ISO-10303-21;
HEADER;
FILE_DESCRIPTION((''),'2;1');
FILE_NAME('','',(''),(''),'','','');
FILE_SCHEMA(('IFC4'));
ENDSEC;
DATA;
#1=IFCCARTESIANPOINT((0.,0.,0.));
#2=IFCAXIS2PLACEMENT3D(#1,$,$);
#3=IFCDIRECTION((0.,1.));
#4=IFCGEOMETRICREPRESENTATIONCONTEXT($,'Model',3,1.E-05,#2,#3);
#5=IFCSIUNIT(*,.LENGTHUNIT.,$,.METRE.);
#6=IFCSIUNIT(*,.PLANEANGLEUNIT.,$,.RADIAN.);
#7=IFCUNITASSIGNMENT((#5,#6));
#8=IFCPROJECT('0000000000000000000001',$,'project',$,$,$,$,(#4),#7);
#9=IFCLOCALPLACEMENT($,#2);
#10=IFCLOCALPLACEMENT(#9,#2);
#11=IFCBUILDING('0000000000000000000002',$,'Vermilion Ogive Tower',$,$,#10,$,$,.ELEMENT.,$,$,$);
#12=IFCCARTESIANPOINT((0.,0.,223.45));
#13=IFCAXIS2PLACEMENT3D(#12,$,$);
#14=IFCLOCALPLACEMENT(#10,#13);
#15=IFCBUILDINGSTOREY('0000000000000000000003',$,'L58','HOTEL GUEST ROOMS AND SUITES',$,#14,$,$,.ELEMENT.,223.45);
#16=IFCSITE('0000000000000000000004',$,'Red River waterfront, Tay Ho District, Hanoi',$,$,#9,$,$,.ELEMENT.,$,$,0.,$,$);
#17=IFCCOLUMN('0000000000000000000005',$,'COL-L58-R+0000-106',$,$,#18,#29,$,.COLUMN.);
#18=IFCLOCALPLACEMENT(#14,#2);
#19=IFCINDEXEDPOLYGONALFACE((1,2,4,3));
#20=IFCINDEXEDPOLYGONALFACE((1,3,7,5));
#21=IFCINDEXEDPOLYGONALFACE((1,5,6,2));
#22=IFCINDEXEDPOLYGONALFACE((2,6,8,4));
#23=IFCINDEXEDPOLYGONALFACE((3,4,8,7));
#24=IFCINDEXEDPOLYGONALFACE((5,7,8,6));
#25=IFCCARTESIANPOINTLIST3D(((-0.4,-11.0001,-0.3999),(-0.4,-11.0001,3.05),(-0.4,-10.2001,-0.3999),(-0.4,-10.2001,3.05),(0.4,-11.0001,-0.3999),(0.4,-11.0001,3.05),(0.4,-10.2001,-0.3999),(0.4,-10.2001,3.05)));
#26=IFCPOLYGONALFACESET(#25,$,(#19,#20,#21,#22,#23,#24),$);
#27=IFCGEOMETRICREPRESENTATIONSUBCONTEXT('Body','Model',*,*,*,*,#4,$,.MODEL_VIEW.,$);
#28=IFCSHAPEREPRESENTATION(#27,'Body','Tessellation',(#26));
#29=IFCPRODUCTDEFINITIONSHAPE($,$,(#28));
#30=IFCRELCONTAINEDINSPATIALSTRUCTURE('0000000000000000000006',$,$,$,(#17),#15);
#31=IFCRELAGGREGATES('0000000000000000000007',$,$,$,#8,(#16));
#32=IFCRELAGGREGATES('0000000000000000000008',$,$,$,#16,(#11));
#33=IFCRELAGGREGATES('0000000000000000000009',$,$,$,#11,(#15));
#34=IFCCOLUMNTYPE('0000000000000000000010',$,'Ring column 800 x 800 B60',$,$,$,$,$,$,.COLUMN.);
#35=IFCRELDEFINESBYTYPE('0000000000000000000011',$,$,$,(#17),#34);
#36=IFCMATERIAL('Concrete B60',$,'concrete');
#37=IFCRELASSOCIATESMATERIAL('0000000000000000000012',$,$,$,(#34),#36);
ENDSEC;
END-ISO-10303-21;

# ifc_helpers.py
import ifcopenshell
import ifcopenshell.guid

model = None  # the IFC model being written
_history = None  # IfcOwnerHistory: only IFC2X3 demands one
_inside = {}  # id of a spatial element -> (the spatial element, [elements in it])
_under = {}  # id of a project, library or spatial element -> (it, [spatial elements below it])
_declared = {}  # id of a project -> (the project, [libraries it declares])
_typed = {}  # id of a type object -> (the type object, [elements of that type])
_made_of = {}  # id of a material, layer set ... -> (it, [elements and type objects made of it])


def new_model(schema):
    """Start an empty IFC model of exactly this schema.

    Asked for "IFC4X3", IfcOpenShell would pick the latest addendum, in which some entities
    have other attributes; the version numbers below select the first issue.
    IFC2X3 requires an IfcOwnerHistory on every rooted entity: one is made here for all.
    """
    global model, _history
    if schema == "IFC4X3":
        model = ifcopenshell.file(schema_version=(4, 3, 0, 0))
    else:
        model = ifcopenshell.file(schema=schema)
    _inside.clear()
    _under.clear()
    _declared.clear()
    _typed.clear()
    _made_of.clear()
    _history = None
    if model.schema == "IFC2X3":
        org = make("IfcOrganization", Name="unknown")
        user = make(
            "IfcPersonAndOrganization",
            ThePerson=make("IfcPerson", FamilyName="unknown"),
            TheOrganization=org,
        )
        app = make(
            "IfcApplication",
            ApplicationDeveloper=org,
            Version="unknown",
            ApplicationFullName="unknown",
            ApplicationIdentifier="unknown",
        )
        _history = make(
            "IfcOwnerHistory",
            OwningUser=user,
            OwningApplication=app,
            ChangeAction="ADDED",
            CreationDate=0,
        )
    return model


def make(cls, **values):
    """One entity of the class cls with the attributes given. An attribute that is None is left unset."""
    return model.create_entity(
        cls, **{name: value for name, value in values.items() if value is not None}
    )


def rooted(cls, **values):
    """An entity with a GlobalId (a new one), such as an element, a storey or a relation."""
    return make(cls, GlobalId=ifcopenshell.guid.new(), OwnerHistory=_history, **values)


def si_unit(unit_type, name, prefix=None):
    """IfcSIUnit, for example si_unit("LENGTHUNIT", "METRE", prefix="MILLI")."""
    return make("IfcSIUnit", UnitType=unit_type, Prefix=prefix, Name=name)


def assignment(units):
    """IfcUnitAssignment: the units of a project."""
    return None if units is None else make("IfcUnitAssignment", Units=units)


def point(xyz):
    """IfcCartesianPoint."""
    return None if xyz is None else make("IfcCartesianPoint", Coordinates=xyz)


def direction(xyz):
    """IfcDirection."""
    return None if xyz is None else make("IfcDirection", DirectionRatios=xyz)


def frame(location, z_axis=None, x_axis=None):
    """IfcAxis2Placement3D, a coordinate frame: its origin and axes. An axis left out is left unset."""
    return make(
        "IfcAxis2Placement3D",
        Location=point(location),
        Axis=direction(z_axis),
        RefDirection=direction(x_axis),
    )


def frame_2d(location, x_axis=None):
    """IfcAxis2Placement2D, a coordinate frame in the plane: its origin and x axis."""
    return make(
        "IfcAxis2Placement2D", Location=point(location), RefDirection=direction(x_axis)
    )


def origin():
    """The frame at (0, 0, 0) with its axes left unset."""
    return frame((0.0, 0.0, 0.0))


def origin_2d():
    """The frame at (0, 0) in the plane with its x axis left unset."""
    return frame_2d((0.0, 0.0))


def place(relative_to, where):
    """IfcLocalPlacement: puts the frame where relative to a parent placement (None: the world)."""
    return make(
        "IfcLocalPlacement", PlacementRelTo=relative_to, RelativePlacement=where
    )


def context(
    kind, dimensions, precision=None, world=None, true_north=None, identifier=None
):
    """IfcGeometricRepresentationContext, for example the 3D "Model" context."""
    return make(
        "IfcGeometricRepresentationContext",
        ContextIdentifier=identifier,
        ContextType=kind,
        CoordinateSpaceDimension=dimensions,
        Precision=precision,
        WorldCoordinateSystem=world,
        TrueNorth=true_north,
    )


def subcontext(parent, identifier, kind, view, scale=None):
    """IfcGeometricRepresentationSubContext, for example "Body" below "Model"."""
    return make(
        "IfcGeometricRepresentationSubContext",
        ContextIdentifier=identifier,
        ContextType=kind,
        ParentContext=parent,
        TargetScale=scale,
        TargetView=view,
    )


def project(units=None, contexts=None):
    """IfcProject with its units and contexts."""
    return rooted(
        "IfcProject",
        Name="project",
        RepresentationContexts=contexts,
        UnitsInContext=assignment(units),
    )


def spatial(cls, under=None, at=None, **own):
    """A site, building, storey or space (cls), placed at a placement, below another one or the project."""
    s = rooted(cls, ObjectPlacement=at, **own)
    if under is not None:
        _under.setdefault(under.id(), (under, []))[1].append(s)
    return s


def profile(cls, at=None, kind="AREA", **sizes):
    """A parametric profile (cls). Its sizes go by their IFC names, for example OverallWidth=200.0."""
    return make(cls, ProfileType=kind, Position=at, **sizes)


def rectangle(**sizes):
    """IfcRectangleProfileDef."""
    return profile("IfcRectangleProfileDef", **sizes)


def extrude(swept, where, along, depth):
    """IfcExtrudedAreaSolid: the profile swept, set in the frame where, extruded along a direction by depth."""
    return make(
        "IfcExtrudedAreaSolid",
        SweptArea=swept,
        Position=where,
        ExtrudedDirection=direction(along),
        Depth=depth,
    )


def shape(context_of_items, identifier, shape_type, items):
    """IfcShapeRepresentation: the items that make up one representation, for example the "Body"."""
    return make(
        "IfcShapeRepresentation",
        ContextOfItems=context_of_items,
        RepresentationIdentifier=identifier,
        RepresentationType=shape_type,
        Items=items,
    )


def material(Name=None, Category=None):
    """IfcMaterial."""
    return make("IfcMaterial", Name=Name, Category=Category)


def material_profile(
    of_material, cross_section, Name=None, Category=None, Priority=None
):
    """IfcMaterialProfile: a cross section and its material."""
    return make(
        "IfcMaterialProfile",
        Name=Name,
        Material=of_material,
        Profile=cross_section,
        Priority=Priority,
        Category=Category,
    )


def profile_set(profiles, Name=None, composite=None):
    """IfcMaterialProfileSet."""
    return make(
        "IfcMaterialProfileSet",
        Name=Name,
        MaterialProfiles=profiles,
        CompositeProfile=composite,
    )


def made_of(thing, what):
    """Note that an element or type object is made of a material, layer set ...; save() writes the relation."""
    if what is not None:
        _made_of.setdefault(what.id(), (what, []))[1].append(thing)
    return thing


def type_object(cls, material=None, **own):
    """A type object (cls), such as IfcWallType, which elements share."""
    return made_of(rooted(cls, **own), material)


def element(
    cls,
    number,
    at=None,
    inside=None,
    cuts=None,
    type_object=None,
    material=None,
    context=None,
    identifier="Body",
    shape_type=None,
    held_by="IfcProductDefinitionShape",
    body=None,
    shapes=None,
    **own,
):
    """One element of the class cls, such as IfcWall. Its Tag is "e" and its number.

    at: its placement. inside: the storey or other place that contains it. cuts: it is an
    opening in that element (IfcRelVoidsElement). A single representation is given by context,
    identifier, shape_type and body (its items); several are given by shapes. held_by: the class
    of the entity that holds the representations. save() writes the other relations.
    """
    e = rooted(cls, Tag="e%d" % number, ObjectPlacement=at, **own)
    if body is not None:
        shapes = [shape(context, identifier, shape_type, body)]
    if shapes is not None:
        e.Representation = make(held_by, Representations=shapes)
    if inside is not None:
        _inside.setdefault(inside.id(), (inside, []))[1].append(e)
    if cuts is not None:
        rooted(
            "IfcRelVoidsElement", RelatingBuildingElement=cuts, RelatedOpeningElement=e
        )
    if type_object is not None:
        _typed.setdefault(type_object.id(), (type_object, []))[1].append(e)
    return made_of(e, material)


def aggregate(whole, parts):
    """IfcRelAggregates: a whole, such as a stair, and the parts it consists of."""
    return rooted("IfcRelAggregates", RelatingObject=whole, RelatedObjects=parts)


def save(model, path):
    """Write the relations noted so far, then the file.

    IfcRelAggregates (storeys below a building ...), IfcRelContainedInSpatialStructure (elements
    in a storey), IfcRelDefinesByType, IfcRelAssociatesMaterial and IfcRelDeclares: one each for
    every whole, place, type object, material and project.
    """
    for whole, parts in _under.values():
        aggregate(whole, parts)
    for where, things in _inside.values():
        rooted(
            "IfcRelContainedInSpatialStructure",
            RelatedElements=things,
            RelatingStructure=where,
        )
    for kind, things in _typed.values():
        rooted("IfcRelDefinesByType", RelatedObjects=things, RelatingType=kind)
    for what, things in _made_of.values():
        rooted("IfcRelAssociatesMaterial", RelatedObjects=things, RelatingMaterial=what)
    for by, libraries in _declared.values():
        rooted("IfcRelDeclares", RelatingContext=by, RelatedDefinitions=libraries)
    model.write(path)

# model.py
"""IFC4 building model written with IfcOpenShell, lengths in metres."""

from ifc_helpers import new_model, si_unit, direction, frame, origin, origin_2d, place, context, subcontext, project, spatial, rectangle, extrude, material, material_profile, profile_set, type_object, element, save


model = new_model("IFC4")

# Units and contexts
model_context = context("Model", 3, precision=1e-05, world=origin(), true_north=direction((0.0, 1.0)))
body_context = subcontext(model_context, "Body", "Model", "MODEL_VIEW")
ifc_project = project(units=[si_unit("LENGTHUNIT", "METRE"), si_unit("PLANEANGLEUNIT", "RADIAN")], contexts=[model_context])

# Site, building, storey
site_placement = place(None, origin())
site = spatial("IfcSite", under=ifc_project, at=site_placement, Name="Red River waterfront, Tay Ho District, Hanoi", CompositionType="ELEMENT", RefElevation=0.0)
building_placement = place(site_placement, origin())
building = spatial("IfcBuilding", under=site, at=building_placement, Name="Vermilion Ogive Tower", CompositionType="ELEMENT")
storey_placement = place(building_placement, frame((0.0, 0.0, 223.45)))
storey = spatial("IfcBuildingStorey", under=building, at=storey_placement, Name="L58", Description="HOTEL GUEST ROOMS AND SUITES", CompositionType="ELEMENT", Elevation=223.45)

# Column
ifc_material_1 = material(Name="Concrete B60", Category="concrete")
ifc_material_profile = material_profile(ifc_material_1, rectangle(XDim=0.8, YDim=0.8, at=origin_2d()), Name="800 x 800")
ifc_profile_set = profile_set([ifc_material_profile], Name="Concrete B60")
column_type = type_object("IfcColumnType", Name="Ring column 800 x 800 B60", PredefinedType="COLUMN", material=ifc_profile_set)
column_placement = place(storey_placement, frame((0.0, -10.6001, -0.3999), z_axis=(0.0, 0.0, 1.0), x_axis=(1.0, 0.0, 0.0)))
element("IfcColumn", 1, at=column_placement, inside=storey, type_object=column_type, Name="COL-L58-R+0000-106", PredefinedType="COLUMN", context=body_context, shape_type="SweptSolid", body=[
    extrude(rectangle(XDim=0.8, YDim=0.8, at=origin_2d()), origin(), (0.0, 0.0, 1.0), 3.45),
])

save(model, "model.ifc")
